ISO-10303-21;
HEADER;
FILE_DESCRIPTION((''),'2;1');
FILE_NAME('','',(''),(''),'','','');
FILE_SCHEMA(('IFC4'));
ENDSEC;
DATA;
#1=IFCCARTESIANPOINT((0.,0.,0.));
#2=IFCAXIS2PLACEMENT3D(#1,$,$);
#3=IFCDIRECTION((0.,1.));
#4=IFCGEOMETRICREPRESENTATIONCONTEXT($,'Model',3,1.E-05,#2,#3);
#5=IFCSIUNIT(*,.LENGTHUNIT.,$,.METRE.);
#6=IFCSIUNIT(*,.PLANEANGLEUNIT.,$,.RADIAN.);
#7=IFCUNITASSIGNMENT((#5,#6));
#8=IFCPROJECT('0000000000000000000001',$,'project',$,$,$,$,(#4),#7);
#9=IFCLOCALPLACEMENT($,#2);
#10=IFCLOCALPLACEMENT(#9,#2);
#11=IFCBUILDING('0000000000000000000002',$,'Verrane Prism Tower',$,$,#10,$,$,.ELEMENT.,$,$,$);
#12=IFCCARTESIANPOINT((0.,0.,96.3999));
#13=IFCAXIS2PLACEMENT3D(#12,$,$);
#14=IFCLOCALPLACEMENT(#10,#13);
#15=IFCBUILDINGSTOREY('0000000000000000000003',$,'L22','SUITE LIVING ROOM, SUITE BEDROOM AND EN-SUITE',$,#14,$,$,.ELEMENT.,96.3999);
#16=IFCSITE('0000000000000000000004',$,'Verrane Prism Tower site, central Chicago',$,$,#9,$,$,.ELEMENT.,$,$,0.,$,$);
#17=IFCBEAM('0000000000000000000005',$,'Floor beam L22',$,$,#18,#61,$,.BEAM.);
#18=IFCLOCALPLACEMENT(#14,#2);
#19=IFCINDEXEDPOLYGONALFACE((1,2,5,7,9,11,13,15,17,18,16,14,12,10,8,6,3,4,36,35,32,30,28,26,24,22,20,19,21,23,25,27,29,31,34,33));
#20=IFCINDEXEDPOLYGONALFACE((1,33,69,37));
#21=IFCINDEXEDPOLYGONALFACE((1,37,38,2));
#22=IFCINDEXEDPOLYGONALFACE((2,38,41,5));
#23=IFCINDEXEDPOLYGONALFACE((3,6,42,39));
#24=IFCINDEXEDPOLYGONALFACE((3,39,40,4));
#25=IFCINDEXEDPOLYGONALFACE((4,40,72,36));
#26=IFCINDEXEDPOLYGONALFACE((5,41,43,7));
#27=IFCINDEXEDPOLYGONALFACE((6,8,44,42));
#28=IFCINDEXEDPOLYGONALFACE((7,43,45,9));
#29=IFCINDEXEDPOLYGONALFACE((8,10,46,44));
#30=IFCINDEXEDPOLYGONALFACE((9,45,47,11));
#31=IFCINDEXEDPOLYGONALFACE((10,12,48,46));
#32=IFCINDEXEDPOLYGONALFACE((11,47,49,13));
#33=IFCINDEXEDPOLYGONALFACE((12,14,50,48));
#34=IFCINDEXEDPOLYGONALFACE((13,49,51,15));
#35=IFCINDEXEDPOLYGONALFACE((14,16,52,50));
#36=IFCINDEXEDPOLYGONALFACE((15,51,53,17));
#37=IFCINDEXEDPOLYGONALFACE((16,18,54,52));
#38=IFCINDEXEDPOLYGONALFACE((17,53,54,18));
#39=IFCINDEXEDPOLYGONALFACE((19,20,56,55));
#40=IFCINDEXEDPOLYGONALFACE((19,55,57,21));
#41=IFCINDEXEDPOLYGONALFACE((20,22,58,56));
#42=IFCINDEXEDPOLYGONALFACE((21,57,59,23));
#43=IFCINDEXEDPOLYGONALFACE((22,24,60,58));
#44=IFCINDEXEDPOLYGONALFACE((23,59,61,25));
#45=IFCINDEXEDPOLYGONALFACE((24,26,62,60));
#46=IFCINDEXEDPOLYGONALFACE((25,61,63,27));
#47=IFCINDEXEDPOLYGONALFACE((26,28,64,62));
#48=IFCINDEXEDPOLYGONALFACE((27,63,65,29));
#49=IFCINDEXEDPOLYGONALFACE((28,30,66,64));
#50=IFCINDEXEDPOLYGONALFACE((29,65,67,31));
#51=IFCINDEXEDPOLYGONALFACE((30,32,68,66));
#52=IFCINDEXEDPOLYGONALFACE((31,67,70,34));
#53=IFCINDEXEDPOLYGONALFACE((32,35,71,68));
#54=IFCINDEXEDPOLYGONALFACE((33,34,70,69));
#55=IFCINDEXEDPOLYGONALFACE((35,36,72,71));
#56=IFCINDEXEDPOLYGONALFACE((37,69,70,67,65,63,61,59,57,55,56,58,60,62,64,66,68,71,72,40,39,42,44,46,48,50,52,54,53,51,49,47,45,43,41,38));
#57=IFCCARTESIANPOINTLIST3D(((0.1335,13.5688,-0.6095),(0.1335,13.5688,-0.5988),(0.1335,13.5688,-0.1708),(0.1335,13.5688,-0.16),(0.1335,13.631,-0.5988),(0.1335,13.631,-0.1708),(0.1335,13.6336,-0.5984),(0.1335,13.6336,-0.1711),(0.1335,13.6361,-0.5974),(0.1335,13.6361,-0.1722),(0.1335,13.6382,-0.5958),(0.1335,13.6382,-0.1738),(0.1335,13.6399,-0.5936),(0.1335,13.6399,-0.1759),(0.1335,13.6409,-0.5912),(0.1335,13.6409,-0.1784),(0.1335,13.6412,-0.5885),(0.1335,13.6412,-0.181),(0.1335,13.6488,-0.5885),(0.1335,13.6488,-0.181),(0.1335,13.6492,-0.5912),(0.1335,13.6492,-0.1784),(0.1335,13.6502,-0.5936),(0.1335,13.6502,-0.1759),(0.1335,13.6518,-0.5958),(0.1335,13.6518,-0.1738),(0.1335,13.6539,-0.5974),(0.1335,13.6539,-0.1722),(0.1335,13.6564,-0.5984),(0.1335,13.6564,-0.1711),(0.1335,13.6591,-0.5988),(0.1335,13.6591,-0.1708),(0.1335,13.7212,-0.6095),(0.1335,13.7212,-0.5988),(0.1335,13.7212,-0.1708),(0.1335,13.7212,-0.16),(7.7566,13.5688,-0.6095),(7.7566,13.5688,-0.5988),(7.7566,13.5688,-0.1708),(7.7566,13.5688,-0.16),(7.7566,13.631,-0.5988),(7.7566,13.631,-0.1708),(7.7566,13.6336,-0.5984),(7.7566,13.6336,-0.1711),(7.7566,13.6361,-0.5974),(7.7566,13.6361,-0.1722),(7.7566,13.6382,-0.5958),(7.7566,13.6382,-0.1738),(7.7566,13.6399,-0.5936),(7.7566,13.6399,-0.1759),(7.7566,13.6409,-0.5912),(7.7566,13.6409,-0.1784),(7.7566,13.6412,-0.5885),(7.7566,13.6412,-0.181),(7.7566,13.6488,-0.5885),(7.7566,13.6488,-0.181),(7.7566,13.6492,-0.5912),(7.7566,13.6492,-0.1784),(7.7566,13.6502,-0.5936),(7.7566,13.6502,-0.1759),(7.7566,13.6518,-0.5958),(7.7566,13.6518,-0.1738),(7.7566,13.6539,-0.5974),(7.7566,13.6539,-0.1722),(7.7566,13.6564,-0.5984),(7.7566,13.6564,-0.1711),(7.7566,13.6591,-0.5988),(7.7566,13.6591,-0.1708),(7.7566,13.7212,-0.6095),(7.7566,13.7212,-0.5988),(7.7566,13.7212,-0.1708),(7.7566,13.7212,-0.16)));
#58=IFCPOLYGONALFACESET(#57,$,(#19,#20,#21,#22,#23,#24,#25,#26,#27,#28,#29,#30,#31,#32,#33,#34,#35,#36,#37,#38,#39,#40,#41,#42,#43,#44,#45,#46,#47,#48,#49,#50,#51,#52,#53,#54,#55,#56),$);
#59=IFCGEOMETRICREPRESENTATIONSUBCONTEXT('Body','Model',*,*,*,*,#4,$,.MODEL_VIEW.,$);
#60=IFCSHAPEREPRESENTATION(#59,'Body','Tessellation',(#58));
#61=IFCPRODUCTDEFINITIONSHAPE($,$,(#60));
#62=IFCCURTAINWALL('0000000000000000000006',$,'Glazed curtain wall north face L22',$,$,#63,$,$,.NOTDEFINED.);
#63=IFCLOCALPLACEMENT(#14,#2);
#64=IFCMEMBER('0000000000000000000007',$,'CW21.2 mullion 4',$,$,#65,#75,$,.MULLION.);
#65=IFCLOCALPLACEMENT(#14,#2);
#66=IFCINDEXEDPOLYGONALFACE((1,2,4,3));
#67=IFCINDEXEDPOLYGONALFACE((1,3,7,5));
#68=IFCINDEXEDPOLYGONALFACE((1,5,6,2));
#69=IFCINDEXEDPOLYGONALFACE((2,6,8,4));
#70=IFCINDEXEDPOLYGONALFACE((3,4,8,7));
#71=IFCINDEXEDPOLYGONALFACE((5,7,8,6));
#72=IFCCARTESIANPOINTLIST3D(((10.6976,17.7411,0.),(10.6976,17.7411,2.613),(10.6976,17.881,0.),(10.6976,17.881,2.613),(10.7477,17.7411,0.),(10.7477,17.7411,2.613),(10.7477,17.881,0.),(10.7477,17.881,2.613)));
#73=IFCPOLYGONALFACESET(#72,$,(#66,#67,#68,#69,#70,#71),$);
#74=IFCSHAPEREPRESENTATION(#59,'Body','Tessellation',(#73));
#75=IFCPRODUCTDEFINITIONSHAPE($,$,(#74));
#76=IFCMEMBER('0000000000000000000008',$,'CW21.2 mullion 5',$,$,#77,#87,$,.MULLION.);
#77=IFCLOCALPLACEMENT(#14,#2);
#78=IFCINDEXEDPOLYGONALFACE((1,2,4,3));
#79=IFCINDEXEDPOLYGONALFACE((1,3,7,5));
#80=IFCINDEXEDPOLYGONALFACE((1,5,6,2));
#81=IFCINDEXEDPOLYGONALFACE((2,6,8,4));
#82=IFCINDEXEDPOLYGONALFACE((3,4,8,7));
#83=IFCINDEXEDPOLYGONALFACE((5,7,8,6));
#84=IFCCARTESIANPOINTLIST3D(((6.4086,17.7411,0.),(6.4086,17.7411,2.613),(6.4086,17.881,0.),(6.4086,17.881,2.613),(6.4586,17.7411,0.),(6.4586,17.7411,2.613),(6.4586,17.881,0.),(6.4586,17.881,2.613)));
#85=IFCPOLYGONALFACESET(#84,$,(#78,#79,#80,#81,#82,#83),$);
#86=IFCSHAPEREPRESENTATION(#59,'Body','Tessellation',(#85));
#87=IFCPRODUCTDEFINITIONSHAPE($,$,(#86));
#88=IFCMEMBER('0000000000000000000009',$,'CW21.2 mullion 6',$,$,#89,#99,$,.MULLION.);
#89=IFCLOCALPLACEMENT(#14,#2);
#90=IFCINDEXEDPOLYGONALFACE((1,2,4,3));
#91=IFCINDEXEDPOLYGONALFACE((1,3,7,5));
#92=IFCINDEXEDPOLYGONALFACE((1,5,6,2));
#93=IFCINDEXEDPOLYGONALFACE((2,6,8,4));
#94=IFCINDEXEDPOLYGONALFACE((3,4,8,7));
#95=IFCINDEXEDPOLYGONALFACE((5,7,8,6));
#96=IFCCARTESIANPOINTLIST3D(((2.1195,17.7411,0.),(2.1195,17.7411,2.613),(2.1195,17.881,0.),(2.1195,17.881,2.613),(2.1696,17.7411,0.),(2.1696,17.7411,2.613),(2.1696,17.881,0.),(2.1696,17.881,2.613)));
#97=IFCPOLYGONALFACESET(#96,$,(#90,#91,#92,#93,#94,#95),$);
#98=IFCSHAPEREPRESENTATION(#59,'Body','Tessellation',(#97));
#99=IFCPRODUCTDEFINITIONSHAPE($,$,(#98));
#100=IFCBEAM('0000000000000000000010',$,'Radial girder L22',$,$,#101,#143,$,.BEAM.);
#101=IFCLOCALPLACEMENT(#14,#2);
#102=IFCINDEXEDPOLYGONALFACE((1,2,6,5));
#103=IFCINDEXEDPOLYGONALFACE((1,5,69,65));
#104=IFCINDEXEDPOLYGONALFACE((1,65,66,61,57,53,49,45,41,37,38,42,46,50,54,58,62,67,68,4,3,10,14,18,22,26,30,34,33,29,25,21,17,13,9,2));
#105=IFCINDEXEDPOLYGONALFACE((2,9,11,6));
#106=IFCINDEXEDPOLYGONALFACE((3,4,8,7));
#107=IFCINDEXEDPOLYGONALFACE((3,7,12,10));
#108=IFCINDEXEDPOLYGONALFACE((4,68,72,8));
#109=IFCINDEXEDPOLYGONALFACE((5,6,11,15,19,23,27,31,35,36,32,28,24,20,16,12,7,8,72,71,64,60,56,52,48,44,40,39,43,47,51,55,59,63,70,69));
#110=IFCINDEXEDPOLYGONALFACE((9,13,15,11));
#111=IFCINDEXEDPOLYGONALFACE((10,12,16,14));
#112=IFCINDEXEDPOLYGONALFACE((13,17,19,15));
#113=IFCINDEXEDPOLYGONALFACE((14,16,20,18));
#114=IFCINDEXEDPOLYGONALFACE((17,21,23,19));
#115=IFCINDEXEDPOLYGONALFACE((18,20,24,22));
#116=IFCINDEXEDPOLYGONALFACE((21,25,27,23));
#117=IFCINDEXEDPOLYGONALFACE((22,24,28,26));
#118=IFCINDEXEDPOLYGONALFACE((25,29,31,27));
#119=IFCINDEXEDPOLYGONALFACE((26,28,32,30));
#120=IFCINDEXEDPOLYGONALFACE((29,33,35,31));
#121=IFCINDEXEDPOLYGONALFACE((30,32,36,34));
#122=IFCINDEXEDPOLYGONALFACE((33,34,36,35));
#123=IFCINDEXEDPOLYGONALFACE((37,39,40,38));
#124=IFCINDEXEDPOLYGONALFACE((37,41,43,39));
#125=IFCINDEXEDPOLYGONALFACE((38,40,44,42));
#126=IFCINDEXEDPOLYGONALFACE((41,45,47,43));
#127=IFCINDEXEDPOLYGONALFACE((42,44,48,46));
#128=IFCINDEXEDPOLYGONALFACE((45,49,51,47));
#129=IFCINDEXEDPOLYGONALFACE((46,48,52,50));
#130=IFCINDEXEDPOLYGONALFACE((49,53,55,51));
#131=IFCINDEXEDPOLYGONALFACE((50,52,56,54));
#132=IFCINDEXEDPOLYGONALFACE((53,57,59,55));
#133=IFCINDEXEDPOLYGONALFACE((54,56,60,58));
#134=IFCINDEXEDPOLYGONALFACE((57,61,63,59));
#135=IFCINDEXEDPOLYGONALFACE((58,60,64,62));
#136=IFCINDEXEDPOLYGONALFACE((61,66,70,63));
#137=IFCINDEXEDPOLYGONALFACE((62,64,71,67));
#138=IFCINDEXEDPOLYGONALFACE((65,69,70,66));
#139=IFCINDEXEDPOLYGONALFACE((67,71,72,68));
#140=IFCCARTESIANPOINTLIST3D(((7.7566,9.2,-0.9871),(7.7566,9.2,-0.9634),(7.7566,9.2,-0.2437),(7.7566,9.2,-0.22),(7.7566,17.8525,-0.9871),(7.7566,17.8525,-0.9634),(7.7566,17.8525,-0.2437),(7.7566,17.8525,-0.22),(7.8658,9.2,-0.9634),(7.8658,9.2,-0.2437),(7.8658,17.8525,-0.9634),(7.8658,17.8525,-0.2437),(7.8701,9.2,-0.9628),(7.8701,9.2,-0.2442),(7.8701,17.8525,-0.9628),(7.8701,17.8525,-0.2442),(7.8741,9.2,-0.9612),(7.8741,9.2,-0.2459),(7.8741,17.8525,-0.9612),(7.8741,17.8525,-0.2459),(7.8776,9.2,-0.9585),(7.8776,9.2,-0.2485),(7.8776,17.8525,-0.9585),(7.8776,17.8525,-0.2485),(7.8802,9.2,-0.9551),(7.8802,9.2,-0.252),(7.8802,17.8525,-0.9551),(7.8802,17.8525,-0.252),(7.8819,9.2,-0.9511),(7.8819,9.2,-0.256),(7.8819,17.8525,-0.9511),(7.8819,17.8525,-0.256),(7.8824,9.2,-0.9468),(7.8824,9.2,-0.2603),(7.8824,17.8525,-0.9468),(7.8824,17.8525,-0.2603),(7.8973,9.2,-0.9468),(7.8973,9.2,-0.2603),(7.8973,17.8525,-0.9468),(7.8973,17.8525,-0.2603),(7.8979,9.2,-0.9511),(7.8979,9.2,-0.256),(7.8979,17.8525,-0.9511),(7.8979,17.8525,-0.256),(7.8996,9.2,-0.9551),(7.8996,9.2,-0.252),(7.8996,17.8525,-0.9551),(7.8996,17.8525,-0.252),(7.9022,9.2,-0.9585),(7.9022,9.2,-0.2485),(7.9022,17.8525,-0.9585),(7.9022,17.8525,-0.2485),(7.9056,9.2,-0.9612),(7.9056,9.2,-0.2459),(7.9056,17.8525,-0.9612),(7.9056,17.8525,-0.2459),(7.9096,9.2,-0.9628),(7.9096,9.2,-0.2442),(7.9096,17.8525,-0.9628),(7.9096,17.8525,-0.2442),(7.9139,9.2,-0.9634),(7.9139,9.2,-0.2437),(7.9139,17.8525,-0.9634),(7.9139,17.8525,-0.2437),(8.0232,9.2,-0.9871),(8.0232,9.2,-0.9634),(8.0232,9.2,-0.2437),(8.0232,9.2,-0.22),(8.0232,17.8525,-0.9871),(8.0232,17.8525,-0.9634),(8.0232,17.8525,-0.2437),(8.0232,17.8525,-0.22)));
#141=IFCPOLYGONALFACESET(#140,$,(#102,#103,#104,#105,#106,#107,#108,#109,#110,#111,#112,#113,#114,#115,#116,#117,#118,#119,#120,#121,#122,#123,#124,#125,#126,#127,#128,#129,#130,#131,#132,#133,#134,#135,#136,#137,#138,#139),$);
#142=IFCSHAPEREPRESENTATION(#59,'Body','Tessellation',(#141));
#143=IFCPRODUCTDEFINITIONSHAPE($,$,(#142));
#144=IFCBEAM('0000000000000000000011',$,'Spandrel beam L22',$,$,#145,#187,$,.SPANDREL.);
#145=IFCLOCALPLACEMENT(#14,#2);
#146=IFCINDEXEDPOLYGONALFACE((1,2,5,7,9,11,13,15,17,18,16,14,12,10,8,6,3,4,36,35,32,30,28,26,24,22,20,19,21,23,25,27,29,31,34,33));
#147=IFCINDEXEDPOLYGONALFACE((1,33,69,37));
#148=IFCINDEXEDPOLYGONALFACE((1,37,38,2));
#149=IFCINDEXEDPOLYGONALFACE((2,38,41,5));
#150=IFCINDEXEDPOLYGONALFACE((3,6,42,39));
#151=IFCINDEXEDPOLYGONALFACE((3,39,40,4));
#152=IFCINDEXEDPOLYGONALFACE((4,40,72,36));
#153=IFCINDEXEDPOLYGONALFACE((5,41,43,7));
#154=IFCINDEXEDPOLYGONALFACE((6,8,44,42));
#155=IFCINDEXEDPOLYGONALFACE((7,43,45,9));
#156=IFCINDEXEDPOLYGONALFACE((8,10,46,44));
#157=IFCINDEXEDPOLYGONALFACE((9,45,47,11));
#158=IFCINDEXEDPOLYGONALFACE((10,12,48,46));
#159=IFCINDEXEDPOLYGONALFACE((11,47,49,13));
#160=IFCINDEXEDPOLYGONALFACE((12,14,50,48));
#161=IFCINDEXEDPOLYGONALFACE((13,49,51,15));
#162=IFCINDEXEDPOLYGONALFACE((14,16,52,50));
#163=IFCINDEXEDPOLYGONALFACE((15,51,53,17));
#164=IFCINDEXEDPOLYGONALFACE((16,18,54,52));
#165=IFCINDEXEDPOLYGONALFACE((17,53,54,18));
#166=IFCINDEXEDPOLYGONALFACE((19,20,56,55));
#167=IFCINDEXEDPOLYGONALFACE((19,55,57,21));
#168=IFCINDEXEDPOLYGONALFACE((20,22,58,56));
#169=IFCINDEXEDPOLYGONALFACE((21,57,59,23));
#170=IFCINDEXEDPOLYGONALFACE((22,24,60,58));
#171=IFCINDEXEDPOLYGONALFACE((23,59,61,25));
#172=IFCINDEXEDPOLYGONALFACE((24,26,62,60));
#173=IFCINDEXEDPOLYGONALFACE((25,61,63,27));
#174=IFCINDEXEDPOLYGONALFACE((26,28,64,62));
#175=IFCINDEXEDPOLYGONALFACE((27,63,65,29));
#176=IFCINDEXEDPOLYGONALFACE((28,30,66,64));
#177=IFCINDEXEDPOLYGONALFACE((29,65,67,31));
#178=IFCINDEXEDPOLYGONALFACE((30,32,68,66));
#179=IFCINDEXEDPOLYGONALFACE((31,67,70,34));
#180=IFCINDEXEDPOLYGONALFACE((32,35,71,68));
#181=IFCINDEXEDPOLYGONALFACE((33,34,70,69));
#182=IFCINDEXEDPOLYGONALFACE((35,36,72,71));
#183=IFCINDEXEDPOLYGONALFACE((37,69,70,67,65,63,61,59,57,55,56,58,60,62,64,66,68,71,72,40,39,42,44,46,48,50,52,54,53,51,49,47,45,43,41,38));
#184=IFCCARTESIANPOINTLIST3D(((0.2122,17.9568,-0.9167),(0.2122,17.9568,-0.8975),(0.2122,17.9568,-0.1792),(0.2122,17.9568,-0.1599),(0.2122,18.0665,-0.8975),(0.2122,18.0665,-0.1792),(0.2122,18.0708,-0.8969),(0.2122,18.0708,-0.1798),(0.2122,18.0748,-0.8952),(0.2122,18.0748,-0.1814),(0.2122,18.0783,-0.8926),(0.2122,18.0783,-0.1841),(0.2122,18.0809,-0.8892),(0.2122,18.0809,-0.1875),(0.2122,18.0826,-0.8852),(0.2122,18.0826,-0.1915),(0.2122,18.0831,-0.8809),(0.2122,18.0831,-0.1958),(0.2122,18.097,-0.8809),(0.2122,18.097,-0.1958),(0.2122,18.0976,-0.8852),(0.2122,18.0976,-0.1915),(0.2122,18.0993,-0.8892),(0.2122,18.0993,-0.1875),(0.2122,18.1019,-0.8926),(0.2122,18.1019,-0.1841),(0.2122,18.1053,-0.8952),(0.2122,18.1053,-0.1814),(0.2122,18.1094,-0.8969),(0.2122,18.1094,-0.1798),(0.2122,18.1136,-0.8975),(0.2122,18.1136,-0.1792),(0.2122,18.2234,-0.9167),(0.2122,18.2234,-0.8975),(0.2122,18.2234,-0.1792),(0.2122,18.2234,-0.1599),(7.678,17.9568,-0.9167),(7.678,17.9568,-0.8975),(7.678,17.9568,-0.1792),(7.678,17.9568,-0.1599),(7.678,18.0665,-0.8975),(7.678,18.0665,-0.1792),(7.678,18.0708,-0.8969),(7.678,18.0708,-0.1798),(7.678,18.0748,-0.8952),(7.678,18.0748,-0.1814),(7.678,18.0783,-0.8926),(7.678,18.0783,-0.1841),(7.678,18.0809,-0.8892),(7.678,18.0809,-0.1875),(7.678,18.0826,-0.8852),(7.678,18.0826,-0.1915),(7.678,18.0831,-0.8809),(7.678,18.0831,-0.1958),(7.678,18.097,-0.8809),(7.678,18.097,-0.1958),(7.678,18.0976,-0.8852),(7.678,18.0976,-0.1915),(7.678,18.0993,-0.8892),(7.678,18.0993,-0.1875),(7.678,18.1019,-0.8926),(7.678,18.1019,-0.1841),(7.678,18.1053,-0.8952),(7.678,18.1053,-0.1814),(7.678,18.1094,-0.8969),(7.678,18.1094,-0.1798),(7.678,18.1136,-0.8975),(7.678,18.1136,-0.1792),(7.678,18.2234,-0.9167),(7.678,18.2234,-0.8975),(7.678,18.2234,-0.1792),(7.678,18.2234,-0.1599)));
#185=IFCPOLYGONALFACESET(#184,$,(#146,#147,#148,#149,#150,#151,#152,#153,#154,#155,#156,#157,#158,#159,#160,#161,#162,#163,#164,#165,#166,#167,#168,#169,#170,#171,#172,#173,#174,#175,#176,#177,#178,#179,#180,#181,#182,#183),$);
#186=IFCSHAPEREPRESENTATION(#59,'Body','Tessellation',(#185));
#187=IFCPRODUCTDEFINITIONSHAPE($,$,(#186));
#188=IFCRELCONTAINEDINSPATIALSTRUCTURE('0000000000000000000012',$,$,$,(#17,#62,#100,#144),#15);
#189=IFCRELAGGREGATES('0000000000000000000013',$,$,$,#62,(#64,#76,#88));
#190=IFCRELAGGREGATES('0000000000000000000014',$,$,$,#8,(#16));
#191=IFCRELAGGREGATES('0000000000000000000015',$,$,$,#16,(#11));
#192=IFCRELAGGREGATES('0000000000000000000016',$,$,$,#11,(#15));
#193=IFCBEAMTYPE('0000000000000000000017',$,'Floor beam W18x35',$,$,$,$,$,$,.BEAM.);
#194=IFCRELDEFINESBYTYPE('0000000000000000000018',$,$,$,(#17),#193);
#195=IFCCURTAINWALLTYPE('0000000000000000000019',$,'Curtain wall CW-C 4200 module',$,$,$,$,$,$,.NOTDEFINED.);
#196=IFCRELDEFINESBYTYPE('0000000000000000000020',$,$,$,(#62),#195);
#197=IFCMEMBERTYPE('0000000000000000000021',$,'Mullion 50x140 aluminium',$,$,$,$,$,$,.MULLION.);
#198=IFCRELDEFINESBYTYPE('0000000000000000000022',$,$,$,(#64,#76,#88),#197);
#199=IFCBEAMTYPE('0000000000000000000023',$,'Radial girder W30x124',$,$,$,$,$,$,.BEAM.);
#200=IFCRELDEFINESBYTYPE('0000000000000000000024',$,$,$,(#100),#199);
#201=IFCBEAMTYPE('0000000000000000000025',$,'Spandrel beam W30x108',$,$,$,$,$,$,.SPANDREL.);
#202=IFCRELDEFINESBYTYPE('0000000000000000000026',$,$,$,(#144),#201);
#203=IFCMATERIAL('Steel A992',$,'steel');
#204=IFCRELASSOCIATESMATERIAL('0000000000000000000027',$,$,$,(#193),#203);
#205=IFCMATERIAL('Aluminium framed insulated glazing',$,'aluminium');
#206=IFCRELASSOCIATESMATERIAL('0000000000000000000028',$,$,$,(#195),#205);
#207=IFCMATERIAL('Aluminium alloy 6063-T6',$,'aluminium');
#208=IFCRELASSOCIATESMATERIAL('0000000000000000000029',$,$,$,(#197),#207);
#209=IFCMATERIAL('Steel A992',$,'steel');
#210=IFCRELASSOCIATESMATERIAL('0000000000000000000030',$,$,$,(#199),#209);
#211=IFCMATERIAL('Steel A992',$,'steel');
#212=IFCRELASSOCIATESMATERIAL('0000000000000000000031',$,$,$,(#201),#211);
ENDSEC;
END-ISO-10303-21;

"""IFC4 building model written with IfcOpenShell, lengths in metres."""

from ifc_helpers import new_model, si_unit, direction, frame, origin, origin_2d, place, context, subcontext, project, spatial, rectangle, i_section, extrude, material, material_profile, profile_set, type_object, element, aggregate, save


model = new_model("IFC4")

# Units and contexts
model_context = context("Model", 3, precision=1e-05, world=origin(), true_north=direction((0.0, 1.0)))
body_context = subcontext(model_context, "Body", "Model", "MODEL_VIEW")
ifc_project = project(units=[si_unit("LENGTHUNIT", "METRE"), si_unit("PLANEANGLEUNIT", "RADIAN")], contexts=[model_context])

# Site, building, storey
site_placement = place(None, origin())
site = spatial("IfcSite", under=ifc_project, at=site_placement, Name="Verrane Prism Tower site, central Chicago", CompositionType="ELEMENT", RefElevation=0.0)
building_placement = place(site_placement, origin())
building = spatial("IfcBuilding", under=site, at=building_placement, Name="Verrane Prism Tower", CompositionType="ELEMENT")
storey_placement = place(building_placement, frame((0.0, 0.0, 96.3999)))
storey = spatial("IfcBuildingStorey", under=building, at=storey_placement, Name="L22", Description="SUITE LIVING ROOM, SUITE BEDROOM AND EN-SUITE", CompositionType="ELEMENT", Elevation=96.3999)

# Beam
ifc_material_1 = material(Name="Steel A992", Category="steel")
ifc_material_profile_1 = material_profile(ifc_material_1, i_section(OverallWidth=0.1523, OverallDepth=0.4495, WebThickness=0.0076, FlangeThickness=0.0107, FilletRadius=0.0103, at=origin_2d()), Name="W18x35")
ifc_profile_set_1 = profile_set([ifc_material_profile_1], Name="Steel A992")
beam_type_1 = type_object("IfcBeamType", Name="Floor beam W18x35", PredefinedType="BEAM", material=ifc_profile_set_1)
for number, where, z_axis, x_axis, name in (
    (1, (0.1335, 13.645, -0.3848), (1.0, 0.0, 0.0), (0.0, 1.0, 0.0), "Floor beam L22"),
):
    element("IfcBeam", number, at=place(storey_placement, frame(where, z_axis=z_axis, x_axis=x_axis)), inside=storey, type_object=beam_type_1, Name=name, PredefinedType="BEAM", context=body_context, shape_type="SweptSolid", body=[
        extrude(i_section(OverallWidth=0.1523, OverallDepth=0.4495, WebThickness=0.0076, FlangeThickness=0.0107, FilletRadius=0.0103, at=origin_2d()), origin(), (0.0, 0.0, 1.0), 7.623),
    ])

# Curtain wall, members
ifc_material_2 = material(Name="Aluminium framed insulated glazing", Category="aluminium")
curtain_wall_type = type_object("IfcCurtainWallType", Name="Curtain wall CW-C 4200 module", PredefinedType="NOTDEFINED", material=ifc_material_2)
curtain_wall_placement = place(storey_placement, origin())
curtain_wall = element("IfcCurtainWall", 2, at=curtain_wall_placement, inside=storey, type_object=curtain_wall_type, Name="Glazed curtain wall north face L22", PredefinedType="NOTDEFINED")
ifc_material_3 = material(Name="Aluminium alloy 6063-T6", Category="aluminium")
ifc_material_profile_2 = material_profile(ifc_material_3, rectangle(XDim=0.1399, YDim=0.05, at=origin_2d()), Name="Mullion 50x140 aluminium")
ifc_profile_set_2 = profile_set([ifc_material_profile_2], Name="Aluminium alloy 6063-T6")
member_type_1 = type_object("IfcMemberType", Name="Mullion 50x140 aluminium", PredefinedType="MULLION", material=ifc_profile_set_2)
member_1_placement = place(storey_placement, frame((10.7227, 17.811, 0.0), z_axis=(0.0, 0.0, 1.0), x_axis=(0.0, -1.0, 0.0)))
member_1 = element("IfcMember", 3, at=member_1_placement, type_object=member_type_1, Name="CW21.2 mullion 4", PredefinedType="MULLION", context=body_context, shape_type="SweptSolid", body=[
    extrude(rectangle(XDim=0.1399, YDim=0.05, at=origin_2d()), origin(), (0.0, 0.0, 1.0), 2.613),
])
member_2_placement = place(storey_placement, frame((6.4336, 17.811, 0.0), z_axis=(0.0, 0.0, 1.0), x_axis=(0.0, -1.0, 0.0)))
member_2 = element("IfcMember", 4, at=member_2_placement, type_object=member_type_1, Name="CW21.2 mullion 5", PredefinedType="MULLION", context=body_context, shape_type="SweptSolid", body=[
    extrude(rectangle(XDim=0.1399, YDim=0.05, at=origin_2d()), origin(), (0.0, 0.0, 1.0), 2.613),
])
member_3_placement = place(storey_placement, frame((2.1445, 17.811, 0.0), z_axis=(0.0, 0.0, 1.0), x_axis=(0.0, -1.0, 0.0)))
member_3 = element("IfcMember", 5, at=member_3_placement, type_object=member_type_1, Name="CW21.2 mullion 6", PredefinedType="MULLION", context=body_context, shape_type="SweptSolid", body=[
    extrude(rectangle(XDim=0.1399, YDim=0.05, at=origin_2d()), origin(), (0.0, 0.0, 1.0), 2.613),
])

# Beams
ifc_material_4 = material(Name="Steel A992", Category="steel")
ifc_material_profile_3 = material_profile(ifc_material_4, i_section(OverallWidth=0.2666, OverallDepth=0.7671, WebThickness=0.0149, FlangeThickness=0.0237, FilletRadius=0.0166, at=origin_2d()), Name="W30x124")
ifc_profile_set_3 = profile_set([ifc_material_profile_3], Name="Steel A992")
beam_type_2 = type_object("IfcBeamType", Name="Radial girder W30x124", PredefinedType="BEAM", material=ifc_profile_set_3)
beam_1_placement = place(storey_placement, frame((7.8899, 17.8525, -0.6035), z_axis=(0.0, -1.0, 0.0), x_axis=(1.0, 0.0, 0.0)))
element("IfcBeam", 6, at=beam_1_placement, inside=storey, type_object=beam_type_2, Name="Radial girder L22", PredefinedType="BEAM", context=body_context, shape_type="SweptSolid", body=[
    extrude(i_section(OverallWidth=0.2666, OverallDepth=0.7671, WebThickness=0.0149, FlangeThickness=0.0237, FilletRadius=0.0166, at=origin_2d()), origin(), (0.0, 0.0, 1.0), 8.6526),
])
ifc_material_5 = material(Name="Steel A992", Category="steel")
ifc_material_profile_4 = material_profile(ifc_material_5, i_section(OverallWidth=0.2666, OverallDepth=0.7568, WebThickness=0.0139, FlangeThickness=0.0193, FilletRadius=0.0166, at=origin_2d()), Name="W30x108")
ifc_profile_set_4 = profile_set([ifc_material_profile_4], Name="Steel A992")
beam_type_3 = type_object("IfcBeamType", Name="Spandrel beam W30x108", PredefinedType="SPANDREL", material=ifc_profile_set_4)
beam_2_placement = place(storey_placement, frame((7.678, 18.0901, -0.5383), z_axis=(-1.0, 0.0, 0.0), x_axis=(0.0, -1.0, 0.0)))
element("IfcBeam", 7, at=beam_2_placement, inside=storey, type_object=beam_type_3, Name="Spandrel beam L22", PredefinedType="SPANDREL", context=body_context, shape_type="SweptSolid", body=[
    extrude(i_section(OverallWidth=0.2666, OverallDepth=0.7568, WebThickness=0.0139, FlangeThickness=0.0193, FilletRadius=0.0166, at=origin_2d()), origin(), (0.0, 0.0, 1.0), 7.4658),
])

aggregate(curtain_wall, [member_1, member_2, member_3])

save(model, "model.ifc")
